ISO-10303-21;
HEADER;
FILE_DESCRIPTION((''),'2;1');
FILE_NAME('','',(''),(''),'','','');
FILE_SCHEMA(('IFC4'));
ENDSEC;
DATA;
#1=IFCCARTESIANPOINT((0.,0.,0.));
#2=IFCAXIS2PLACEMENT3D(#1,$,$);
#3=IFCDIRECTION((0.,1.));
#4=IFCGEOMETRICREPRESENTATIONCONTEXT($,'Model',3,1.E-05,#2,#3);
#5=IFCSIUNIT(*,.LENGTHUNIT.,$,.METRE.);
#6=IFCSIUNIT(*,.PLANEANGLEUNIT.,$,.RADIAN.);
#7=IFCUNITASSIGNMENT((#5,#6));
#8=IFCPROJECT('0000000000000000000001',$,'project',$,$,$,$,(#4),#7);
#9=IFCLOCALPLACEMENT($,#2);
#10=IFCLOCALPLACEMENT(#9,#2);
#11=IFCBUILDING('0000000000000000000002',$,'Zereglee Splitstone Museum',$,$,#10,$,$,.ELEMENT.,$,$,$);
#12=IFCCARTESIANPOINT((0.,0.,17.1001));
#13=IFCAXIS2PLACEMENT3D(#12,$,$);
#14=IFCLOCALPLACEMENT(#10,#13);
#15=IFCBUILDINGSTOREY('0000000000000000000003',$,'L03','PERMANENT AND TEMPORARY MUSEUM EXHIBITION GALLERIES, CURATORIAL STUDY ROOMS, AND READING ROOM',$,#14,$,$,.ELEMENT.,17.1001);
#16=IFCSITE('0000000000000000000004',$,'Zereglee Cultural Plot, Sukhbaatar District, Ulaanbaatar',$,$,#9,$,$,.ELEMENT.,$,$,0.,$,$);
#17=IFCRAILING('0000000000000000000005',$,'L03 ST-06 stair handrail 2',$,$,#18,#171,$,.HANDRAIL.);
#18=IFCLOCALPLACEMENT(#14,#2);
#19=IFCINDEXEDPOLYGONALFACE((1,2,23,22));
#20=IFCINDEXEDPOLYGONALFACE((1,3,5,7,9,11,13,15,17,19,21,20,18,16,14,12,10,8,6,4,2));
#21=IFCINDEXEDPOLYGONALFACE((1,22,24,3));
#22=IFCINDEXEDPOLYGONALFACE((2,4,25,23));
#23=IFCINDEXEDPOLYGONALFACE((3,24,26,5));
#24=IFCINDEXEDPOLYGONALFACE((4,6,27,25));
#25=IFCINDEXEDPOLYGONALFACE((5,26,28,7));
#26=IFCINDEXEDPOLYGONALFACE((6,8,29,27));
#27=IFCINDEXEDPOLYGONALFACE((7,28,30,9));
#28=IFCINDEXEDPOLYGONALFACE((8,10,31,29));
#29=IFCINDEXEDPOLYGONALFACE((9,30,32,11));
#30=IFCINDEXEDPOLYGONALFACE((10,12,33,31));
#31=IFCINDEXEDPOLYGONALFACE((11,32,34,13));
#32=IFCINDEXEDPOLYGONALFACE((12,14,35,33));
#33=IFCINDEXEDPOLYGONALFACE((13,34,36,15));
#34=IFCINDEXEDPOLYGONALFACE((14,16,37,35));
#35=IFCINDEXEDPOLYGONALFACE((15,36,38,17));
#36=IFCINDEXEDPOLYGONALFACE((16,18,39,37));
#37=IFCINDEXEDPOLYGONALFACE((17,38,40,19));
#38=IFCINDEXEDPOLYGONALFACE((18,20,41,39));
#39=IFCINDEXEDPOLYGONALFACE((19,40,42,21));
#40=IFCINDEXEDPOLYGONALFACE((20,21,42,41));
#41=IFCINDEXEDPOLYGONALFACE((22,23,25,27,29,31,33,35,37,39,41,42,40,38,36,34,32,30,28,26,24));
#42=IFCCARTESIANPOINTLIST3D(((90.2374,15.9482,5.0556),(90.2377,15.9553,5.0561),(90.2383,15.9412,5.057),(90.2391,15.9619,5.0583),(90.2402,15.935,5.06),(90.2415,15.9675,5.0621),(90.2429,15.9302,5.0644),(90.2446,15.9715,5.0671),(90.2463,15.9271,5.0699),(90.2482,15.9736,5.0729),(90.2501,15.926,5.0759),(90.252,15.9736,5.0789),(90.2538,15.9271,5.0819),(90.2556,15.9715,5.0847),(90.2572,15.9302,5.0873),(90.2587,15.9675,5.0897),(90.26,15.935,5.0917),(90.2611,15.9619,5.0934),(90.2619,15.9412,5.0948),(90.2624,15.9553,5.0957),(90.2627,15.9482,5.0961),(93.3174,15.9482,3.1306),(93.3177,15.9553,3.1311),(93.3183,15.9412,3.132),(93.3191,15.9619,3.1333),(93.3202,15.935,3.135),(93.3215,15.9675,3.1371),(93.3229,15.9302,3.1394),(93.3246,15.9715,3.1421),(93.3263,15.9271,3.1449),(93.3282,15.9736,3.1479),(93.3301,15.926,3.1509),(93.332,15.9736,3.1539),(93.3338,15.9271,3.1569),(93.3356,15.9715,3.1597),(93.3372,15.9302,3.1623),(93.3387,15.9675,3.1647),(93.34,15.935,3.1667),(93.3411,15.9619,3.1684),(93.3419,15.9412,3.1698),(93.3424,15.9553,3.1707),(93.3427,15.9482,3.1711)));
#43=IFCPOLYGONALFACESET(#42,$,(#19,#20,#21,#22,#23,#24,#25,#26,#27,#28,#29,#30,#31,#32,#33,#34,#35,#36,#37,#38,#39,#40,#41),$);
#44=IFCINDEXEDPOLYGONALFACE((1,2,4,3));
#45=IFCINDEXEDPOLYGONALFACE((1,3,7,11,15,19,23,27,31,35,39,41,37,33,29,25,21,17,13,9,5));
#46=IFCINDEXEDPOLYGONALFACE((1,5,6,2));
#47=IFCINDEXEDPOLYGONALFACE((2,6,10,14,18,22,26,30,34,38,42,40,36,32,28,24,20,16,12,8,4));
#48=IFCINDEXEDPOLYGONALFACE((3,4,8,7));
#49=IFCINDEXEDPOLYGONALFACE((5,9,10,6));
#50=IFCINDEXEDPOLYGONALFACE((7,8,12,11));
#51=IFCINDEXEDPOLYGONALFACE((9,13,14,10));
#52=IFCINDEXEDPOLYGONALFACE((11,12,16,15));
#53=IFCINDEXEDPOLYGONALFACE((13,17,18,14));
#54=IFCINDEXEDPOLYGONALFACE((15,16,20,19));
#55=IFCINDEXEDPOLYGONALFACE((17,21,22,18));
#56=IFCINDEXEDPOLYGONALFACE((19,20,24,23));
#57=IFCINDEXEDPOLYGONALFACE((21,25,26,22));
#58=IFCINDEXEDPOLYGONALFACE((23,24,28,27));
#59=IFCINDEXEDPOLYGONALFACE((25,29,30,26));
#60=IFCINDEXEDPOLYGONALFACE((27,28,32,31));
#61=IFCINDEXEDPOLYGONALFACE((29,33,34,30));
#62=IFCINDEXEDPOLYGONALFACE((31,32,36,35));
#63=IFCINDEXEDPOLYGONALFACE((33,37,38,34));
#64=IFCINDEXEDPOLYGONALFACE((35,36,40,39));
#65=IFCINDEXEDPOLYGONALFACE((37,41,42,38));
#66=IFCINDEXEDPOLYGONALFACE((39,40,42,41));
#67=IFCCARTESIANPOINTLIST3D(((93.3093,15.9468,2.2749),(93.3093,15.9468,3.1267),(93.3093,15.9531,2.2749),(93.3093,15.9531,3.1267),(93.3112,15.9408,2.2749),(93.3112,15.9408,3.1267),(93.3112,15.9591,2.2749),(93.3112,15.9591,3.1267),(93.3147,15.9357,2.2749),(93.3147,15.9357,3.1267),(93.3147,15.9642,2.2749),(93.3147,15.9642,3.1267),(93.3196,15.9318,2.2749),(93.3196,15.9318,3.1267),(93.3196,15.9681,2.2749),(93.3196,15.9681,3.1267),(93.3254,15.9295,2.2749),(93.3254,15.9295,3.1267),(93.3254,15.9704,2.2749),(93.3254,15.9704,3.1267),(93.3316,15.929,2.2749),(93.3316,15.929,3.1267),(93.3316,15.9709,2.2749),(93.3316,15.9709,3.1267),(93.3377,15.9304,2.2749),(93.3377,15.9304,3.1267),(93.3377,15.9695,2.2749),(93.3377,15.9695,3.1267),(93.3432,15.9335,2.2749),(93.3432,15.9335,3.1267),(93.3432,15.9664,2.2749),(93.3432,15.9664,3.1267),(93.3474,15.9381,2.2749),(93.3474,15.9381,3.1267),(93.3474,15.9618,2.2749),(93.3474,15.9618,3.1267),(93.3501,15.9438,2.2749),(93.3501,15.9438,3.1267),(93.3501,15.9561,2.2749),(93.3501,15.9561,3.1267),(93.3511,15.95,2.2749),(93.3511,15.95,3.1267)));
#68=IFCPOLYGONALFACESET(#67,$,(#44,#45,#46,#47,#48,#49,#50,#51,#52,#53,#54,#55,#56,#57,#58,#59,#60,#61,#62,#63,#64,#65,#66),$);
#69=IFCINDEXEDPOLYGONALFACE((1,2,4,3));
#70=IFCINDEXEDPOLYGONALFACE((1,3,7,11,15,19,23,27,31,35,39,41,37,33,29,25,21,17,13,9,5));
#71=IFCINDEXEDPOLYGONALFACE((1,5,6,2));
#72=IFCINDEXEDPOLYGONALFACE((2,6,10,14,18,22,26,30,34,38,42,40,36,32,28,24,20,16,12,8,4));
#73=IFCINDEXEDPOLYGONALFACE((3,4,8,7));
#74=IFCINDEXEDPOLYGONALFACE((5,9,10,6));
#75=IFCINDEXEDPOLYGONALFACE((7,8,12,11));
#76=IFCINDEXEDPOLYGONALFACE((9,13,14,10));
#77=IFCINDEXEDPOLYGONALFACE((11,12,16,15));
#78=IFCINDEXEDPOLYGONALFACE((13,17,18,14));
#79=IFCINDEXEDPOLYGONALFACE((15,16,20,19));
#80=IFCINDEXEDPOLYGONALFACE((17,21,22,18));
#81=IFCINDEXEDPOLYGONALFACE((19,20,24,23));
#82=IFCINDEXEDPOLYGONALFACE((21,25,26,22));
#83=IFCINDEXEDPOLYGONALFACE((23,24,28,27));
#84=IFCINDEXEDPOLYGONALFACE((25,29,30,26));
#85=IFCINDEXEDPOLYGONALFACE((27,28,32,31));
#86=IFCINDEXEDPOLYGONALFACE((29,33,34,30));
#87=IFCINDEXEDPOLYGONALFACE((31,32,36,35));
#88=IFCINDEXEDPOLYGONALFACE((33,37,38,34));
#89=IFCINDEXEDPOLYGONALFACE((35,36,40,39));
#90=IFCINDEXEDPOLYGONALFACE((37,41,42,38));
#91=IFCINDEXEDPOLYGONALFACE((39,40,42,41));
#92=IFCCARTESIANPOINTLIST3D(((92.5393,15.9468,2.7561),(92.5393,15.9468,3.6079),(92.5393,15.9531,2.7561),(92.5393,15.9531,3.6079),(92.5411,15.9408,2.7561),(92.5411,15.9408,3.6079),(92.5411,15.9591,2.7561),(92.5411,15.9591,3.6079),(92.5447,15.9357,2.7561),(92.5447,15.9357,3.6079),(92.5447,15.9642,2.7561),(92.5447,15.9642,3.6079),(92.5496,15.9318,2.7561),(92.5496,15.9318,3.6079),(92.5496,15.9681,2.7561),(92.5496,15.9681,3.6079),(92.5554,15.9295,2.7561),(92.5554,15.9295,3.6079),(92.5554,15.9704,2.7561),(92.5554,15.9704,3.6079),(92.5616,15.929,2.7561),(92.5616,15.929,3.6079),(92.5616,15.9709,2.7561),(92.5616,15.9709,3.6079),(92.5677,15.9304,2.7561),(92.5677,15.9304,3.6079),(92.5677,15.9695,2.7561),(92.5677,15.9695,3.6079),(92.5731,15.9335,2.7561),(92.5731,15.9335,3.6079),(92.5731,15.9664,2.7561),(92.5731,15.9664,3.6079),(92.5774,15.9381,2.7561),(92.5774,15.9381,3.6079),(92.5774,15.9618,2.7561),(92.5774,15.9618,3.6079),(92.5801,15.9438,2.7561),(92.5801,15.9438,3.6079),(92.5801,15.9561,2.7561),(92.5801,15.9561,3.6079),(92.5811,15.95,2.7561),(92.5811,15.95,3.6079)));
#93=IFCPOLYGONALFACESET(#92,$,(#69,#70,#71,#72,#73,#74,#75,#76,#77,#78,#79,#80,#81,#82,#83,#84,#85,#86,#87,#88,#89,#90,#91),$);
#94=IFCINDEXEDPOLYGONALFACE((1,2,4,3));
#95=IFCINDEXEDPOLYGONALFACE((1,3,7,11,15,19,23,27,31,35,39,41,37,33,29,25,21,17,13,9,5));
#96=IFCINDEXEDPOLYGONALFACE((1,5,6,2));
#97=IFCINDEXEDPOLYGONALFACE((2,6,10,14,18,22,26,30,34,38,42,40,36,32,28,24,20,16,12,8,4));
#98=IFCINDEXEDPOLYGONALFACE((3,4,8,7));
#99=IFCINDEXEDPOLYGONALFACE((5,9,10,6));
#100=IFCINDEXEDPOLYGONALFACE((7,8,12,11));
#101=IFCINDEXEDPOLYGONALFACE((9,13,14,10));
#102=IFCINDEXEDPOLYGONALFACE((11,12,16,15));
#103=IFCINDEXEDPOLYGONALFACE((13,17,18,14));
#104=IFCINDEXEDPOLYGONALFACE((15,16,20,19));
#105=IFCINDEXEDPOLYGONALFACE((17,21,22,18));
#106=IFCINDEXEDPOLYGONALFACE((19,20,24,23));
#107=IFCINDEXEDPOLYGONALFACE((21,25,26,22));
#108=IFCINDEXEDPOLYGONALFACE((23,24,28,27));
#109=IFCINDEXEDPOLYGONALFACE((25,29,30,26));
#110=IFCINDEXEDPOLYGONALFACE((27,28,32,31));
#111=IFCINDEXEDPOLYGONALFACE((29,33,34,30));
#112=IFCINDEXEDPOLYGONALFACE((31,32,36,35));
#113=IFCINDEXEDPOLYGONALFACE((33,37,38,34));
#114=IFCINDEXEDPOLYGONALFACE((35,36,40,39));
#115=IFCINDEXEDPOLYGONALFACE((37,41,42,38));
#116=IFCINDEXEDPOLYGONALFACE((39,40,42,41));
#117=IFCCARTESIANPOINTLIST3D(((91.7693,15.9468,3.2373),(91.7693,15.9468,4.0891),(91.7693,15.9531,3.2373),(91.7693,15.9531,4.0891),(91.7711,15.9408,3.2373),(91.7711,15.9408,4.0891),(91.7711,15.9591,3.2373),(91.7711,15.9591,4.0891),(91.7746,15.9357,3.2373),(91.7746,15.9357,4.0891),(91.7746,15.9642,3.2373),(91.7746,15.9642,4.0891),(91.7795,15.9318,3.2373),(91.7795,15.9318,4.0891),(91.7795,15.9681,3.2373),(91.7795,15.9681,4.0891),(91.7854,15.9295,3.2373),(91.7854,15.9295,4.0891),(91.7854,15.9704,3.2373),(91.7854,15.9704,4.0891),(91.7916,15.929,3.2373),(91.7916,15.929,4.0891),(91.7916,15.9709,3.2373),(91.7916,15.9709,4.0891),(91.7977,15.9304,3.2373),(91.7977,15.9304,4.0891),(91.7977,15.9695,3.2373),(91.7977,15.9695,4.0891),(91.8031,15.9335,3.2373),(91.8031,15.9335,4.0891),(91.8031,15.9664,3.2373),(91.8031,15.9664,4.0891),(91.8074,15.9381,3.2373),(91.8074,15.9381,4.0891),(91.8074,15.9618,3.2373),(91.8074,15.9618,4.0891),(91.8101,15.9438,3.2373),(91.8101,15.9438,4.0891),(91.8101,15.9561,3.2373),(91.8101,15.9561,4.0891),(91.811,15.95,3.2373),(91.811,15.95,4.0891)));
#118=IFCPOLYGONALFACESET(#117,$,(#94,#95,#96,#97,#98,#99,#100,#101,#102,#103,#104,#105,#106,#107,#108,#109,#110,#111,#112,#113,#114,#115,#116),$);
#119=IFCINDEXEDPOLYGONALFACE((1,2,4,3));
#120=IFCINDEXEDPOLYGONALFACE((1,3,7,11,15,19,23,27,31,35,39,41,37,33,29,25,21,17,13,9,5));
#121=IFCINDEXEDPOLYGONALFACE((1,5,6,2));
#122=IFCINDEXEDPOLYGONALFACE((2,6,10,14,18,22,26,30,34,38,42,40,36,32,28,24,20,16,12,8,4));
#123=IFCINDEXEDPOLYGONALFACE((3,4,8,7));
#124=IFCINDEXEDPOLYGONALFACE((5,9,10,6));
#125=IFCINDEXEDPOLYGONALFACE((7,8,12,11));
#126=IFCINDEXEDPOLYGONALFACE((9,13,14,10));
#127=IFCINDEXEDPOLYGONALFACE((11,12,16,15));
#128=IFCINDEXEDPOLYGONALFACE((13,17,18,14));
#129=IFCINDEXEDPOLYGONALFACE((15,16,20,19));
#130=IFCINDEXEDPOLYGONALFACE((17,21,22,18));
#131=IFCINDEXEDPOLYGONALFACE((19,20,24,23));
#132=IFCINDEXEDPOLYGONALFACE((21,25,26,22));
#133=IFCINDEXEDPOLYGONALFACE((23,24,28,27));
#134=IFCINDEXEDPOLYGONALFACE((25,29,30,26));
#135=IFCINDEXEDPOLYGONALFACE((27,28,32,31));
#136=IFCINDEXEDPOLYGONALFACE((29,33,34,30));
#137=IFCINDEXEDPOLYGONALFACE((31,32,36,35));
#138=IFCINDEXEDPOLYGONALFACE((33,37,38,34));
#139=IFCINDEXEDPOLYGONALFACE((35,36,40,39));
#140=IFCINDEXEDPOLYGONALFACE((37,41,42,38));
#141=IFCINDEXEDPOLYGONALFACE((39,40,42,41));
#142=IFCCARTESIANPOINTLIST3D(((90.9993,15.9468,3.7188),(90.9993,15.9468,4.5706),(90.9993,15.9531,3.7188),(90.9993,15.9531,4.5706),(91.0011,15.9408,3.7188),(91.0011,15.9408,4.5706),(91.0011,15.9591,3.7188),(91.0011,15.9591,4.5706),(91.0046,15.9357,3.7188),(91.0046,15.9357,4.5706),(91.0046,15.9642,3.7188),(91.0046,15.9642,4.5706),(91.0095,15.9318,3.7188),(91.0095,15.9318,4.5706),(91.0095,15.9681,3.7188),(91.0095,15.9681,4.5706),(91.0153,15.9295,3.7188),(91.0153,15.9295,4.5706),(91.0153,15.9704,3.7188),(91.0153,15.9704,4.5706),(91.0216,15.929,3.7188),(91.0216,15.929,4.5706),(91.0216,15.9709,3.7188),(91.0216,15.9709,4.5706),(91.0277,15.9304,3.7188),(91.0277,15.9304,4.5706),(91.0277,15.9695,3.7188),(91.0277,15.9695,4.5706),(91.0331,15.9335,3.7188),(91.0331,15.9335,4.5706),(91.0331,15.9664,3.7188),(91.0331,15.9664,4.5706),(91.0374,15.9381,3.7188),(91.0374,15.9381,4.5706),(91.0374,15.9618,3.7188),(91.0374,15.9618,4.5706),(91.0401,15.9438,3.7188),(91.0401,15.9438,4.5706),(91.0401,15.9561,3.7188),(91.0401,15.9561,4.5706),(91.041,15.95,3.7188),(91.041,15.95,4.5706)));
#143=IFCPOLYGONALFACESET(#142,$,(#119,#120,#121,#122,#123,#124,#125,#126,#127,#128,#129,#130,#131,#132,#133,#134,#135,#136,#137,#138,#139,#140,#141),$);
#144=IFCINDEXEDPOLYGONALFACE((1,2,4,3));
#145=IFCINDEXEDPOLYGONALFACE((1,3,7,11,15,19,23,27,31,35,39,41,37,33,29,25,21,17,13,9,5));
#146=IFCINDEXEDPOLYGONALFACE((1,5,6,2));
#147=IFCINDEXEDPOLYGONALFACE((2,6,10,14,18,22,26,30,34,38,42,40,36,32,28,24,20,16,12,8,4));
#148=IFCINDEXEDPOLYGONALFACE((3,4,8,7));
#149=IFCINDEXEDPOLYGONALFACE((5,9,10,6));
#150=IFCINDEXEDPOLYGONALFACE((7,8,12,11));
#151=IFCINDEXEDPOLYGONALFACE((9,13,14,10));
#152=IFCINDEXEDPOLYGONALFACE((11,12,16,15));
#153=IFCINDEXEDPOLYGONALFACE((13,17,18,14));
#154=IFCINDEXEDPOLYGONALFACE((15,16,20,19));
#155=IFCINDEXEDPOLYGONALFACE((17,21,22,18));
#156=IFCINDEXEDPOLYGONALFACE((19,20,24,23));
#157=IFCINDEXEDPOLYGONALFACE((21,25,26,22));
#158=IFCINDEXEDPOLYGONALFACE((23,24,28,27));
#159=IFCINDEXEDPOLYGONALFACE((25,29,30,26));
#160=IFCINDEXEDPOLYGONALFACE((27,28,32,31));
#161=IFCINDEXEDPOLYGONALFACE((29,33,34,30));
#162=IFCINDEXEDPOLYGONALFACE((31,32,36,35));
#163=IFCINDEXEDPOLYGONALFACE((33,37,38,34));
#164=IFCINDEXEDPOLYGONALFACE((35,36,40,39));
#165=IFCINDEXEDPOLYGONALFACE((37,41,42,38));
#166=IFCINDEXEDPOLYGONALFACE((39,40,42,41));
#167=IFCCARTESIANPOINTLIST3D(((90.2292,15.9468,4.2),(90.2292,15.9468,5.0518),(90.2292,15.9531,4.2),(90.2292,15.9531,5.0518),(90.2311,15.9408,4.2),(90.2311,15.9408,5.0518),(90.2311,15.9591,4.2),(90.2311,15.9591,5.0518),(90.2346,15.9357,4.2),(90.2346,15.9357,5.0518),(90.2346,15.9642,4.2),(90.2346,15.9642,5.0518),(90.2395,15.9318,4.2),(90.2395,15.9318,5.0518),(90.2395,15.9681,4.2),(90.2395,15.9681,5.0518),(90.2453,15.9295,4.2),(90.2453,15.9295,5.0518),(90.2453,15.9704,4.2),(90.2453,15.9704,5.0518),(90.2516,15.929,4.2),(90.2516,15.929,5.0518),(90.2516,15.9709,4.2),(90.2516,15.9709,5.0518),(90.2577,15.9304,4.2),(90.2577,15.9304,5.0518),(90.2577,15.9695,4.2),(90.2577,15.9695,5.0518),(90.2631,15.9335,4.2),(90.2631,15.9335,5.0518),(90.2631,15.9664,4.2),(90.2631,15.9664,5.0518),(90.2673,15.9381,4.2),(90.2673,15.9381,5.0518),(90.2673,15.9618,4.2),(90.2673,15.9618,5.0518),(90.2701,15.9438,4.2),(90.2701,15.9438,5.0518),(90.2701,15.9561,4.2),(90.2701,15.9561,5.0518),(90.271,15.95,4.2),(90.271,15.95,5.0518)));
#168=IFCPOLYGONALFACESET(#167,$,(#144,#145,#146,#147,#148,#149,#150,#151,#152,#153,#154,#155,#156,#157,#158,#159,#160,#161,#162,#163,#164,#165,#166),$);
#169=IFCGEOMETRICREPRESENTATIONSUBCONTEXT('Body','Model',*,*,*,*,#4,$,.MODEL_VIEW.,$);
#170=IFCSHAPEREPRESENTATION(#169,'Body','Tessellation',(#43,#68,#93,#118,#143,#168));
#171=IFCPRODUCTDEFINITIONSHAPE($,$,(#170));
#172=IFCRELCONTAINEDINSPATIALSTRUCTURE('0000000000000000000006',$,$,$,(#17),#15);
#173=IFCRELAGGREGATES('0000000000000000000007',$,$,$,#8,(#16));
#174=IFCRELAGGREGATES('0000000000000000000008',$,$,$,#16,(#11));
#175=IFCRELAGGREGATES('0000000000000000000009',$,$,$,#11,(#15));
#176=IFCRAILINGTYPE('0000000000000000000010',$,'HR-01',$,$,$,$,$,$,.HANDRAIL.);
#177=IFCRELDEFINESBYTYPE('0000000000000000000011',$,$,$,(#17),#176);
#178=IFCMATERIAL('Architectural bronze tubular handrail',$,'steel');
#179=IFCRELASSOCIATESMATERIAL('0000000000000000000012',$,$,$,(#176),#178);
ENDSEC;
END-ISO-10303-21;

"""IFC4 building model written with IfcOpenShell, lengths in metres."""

from ifc_helpers import new_model, si_unit, direction, frame, origin, origin_2d, place, context, subcontext, project, spatial, circle, extrude, material, type_object, element, save


model = new_model("IFC4")

# Units and contexts
model_context = context("Model", 3, precision=1e-05, world=origin(), true_north=direction((0.0, 1.0)))
body_context = subcontext(model_context, "Body", "Model", "MODEL_VIEW")
ifc_project = project(units=[si_unit("LENGTHUNIT", "METRE"), si_unit("PLANEANGLEUNIT", "RADIAN")], contexts=[model_context])

# Site, building, storey
site_placement = place(None, origin())
site = spatial("IfcSite", under=ifc_project, at=site_placement, Name="Zereglee Cultural Plot, Sukhbaatar District, Ulaanbaatar", CompositionType="ELEMENT", RefElevation=0.0)
building_placement = place(site_placement, origin())
building = spatial("IfcBuilding", under=site, at=building_placement, Name="Zereglee Splitstone Museum", CompositionType="ELEMENT")
storey_placement = place(building_placement, frame((0.0, 0.0, 17.1001)))
storey = spatial("IfcBuildingStorey", under=building, at=storey_placement, Name="L03", Description="PERMANENT AND TEMPORARY MUSEUM EXHIBITION GALLERIES, CURATORIAL STUDY ROOMS, AND READING ROOM", CompositionType="ELEMENT", Elevation=17.1001)

# Railing
ifc_material_1 = material(Name="Architectural bronze tubular handrail", Category="steel")
railing_type_1 = type_object("IfcRailingType", Name="HR-01", PredefinedType="HANDRAIL", material=ifc_material_1)
railing_1_placement = place(storey_placement, frame((93.3301, 15.95, 2.2749)))
element("IfcRailing", 1, at=railing_1_placement, inside=storey, type_object=railing_type_1, Name="L03 ST-06 stair handrail 2", PredefinedType="HANDRAIL", context=body_context, shape_type="SweptSolid", body=[
    extrude(circle(Radius=0.0239, at=origin_2d()), frame((0.0, 0.0, 0.876), z_axis=(-0.847998, 0.0, 0.529999), x_axis=(0.0, -1.0, 0.0)), (0.0, 0.0, 1.0), 3.6321),
    extrude(circle(Radius=0.021, at=origin_2d()), origin(), (0.0, 0.0, 1.0), 0.8518),
    extrude(circle(Radius=0.021, at=origin_2d()), frame((-0.77, 0.0, 0.4812)), (0.0, 0.0, 1.0), 0.8518),
    extrude(circle(Radius=0.021, at=origin_2d()), frame((-1.54, 0.0, 0.9624)), (0.0, 0.0, 1.0), 0.8518),
    extrude(circle(Radius=0.021, at=origin_2d()), frame((-2.3101, 0.0, 1.4438)), (0.0, 0.0, 1.0), 0.8518),
    extrude(circle(Radius=0.021, at=origin_2d()), frame((-3.0801, 0.0, 1.925)), (0.0, 0.0, 1.0), 0.8518),
])

save(model, "model.ifc")
